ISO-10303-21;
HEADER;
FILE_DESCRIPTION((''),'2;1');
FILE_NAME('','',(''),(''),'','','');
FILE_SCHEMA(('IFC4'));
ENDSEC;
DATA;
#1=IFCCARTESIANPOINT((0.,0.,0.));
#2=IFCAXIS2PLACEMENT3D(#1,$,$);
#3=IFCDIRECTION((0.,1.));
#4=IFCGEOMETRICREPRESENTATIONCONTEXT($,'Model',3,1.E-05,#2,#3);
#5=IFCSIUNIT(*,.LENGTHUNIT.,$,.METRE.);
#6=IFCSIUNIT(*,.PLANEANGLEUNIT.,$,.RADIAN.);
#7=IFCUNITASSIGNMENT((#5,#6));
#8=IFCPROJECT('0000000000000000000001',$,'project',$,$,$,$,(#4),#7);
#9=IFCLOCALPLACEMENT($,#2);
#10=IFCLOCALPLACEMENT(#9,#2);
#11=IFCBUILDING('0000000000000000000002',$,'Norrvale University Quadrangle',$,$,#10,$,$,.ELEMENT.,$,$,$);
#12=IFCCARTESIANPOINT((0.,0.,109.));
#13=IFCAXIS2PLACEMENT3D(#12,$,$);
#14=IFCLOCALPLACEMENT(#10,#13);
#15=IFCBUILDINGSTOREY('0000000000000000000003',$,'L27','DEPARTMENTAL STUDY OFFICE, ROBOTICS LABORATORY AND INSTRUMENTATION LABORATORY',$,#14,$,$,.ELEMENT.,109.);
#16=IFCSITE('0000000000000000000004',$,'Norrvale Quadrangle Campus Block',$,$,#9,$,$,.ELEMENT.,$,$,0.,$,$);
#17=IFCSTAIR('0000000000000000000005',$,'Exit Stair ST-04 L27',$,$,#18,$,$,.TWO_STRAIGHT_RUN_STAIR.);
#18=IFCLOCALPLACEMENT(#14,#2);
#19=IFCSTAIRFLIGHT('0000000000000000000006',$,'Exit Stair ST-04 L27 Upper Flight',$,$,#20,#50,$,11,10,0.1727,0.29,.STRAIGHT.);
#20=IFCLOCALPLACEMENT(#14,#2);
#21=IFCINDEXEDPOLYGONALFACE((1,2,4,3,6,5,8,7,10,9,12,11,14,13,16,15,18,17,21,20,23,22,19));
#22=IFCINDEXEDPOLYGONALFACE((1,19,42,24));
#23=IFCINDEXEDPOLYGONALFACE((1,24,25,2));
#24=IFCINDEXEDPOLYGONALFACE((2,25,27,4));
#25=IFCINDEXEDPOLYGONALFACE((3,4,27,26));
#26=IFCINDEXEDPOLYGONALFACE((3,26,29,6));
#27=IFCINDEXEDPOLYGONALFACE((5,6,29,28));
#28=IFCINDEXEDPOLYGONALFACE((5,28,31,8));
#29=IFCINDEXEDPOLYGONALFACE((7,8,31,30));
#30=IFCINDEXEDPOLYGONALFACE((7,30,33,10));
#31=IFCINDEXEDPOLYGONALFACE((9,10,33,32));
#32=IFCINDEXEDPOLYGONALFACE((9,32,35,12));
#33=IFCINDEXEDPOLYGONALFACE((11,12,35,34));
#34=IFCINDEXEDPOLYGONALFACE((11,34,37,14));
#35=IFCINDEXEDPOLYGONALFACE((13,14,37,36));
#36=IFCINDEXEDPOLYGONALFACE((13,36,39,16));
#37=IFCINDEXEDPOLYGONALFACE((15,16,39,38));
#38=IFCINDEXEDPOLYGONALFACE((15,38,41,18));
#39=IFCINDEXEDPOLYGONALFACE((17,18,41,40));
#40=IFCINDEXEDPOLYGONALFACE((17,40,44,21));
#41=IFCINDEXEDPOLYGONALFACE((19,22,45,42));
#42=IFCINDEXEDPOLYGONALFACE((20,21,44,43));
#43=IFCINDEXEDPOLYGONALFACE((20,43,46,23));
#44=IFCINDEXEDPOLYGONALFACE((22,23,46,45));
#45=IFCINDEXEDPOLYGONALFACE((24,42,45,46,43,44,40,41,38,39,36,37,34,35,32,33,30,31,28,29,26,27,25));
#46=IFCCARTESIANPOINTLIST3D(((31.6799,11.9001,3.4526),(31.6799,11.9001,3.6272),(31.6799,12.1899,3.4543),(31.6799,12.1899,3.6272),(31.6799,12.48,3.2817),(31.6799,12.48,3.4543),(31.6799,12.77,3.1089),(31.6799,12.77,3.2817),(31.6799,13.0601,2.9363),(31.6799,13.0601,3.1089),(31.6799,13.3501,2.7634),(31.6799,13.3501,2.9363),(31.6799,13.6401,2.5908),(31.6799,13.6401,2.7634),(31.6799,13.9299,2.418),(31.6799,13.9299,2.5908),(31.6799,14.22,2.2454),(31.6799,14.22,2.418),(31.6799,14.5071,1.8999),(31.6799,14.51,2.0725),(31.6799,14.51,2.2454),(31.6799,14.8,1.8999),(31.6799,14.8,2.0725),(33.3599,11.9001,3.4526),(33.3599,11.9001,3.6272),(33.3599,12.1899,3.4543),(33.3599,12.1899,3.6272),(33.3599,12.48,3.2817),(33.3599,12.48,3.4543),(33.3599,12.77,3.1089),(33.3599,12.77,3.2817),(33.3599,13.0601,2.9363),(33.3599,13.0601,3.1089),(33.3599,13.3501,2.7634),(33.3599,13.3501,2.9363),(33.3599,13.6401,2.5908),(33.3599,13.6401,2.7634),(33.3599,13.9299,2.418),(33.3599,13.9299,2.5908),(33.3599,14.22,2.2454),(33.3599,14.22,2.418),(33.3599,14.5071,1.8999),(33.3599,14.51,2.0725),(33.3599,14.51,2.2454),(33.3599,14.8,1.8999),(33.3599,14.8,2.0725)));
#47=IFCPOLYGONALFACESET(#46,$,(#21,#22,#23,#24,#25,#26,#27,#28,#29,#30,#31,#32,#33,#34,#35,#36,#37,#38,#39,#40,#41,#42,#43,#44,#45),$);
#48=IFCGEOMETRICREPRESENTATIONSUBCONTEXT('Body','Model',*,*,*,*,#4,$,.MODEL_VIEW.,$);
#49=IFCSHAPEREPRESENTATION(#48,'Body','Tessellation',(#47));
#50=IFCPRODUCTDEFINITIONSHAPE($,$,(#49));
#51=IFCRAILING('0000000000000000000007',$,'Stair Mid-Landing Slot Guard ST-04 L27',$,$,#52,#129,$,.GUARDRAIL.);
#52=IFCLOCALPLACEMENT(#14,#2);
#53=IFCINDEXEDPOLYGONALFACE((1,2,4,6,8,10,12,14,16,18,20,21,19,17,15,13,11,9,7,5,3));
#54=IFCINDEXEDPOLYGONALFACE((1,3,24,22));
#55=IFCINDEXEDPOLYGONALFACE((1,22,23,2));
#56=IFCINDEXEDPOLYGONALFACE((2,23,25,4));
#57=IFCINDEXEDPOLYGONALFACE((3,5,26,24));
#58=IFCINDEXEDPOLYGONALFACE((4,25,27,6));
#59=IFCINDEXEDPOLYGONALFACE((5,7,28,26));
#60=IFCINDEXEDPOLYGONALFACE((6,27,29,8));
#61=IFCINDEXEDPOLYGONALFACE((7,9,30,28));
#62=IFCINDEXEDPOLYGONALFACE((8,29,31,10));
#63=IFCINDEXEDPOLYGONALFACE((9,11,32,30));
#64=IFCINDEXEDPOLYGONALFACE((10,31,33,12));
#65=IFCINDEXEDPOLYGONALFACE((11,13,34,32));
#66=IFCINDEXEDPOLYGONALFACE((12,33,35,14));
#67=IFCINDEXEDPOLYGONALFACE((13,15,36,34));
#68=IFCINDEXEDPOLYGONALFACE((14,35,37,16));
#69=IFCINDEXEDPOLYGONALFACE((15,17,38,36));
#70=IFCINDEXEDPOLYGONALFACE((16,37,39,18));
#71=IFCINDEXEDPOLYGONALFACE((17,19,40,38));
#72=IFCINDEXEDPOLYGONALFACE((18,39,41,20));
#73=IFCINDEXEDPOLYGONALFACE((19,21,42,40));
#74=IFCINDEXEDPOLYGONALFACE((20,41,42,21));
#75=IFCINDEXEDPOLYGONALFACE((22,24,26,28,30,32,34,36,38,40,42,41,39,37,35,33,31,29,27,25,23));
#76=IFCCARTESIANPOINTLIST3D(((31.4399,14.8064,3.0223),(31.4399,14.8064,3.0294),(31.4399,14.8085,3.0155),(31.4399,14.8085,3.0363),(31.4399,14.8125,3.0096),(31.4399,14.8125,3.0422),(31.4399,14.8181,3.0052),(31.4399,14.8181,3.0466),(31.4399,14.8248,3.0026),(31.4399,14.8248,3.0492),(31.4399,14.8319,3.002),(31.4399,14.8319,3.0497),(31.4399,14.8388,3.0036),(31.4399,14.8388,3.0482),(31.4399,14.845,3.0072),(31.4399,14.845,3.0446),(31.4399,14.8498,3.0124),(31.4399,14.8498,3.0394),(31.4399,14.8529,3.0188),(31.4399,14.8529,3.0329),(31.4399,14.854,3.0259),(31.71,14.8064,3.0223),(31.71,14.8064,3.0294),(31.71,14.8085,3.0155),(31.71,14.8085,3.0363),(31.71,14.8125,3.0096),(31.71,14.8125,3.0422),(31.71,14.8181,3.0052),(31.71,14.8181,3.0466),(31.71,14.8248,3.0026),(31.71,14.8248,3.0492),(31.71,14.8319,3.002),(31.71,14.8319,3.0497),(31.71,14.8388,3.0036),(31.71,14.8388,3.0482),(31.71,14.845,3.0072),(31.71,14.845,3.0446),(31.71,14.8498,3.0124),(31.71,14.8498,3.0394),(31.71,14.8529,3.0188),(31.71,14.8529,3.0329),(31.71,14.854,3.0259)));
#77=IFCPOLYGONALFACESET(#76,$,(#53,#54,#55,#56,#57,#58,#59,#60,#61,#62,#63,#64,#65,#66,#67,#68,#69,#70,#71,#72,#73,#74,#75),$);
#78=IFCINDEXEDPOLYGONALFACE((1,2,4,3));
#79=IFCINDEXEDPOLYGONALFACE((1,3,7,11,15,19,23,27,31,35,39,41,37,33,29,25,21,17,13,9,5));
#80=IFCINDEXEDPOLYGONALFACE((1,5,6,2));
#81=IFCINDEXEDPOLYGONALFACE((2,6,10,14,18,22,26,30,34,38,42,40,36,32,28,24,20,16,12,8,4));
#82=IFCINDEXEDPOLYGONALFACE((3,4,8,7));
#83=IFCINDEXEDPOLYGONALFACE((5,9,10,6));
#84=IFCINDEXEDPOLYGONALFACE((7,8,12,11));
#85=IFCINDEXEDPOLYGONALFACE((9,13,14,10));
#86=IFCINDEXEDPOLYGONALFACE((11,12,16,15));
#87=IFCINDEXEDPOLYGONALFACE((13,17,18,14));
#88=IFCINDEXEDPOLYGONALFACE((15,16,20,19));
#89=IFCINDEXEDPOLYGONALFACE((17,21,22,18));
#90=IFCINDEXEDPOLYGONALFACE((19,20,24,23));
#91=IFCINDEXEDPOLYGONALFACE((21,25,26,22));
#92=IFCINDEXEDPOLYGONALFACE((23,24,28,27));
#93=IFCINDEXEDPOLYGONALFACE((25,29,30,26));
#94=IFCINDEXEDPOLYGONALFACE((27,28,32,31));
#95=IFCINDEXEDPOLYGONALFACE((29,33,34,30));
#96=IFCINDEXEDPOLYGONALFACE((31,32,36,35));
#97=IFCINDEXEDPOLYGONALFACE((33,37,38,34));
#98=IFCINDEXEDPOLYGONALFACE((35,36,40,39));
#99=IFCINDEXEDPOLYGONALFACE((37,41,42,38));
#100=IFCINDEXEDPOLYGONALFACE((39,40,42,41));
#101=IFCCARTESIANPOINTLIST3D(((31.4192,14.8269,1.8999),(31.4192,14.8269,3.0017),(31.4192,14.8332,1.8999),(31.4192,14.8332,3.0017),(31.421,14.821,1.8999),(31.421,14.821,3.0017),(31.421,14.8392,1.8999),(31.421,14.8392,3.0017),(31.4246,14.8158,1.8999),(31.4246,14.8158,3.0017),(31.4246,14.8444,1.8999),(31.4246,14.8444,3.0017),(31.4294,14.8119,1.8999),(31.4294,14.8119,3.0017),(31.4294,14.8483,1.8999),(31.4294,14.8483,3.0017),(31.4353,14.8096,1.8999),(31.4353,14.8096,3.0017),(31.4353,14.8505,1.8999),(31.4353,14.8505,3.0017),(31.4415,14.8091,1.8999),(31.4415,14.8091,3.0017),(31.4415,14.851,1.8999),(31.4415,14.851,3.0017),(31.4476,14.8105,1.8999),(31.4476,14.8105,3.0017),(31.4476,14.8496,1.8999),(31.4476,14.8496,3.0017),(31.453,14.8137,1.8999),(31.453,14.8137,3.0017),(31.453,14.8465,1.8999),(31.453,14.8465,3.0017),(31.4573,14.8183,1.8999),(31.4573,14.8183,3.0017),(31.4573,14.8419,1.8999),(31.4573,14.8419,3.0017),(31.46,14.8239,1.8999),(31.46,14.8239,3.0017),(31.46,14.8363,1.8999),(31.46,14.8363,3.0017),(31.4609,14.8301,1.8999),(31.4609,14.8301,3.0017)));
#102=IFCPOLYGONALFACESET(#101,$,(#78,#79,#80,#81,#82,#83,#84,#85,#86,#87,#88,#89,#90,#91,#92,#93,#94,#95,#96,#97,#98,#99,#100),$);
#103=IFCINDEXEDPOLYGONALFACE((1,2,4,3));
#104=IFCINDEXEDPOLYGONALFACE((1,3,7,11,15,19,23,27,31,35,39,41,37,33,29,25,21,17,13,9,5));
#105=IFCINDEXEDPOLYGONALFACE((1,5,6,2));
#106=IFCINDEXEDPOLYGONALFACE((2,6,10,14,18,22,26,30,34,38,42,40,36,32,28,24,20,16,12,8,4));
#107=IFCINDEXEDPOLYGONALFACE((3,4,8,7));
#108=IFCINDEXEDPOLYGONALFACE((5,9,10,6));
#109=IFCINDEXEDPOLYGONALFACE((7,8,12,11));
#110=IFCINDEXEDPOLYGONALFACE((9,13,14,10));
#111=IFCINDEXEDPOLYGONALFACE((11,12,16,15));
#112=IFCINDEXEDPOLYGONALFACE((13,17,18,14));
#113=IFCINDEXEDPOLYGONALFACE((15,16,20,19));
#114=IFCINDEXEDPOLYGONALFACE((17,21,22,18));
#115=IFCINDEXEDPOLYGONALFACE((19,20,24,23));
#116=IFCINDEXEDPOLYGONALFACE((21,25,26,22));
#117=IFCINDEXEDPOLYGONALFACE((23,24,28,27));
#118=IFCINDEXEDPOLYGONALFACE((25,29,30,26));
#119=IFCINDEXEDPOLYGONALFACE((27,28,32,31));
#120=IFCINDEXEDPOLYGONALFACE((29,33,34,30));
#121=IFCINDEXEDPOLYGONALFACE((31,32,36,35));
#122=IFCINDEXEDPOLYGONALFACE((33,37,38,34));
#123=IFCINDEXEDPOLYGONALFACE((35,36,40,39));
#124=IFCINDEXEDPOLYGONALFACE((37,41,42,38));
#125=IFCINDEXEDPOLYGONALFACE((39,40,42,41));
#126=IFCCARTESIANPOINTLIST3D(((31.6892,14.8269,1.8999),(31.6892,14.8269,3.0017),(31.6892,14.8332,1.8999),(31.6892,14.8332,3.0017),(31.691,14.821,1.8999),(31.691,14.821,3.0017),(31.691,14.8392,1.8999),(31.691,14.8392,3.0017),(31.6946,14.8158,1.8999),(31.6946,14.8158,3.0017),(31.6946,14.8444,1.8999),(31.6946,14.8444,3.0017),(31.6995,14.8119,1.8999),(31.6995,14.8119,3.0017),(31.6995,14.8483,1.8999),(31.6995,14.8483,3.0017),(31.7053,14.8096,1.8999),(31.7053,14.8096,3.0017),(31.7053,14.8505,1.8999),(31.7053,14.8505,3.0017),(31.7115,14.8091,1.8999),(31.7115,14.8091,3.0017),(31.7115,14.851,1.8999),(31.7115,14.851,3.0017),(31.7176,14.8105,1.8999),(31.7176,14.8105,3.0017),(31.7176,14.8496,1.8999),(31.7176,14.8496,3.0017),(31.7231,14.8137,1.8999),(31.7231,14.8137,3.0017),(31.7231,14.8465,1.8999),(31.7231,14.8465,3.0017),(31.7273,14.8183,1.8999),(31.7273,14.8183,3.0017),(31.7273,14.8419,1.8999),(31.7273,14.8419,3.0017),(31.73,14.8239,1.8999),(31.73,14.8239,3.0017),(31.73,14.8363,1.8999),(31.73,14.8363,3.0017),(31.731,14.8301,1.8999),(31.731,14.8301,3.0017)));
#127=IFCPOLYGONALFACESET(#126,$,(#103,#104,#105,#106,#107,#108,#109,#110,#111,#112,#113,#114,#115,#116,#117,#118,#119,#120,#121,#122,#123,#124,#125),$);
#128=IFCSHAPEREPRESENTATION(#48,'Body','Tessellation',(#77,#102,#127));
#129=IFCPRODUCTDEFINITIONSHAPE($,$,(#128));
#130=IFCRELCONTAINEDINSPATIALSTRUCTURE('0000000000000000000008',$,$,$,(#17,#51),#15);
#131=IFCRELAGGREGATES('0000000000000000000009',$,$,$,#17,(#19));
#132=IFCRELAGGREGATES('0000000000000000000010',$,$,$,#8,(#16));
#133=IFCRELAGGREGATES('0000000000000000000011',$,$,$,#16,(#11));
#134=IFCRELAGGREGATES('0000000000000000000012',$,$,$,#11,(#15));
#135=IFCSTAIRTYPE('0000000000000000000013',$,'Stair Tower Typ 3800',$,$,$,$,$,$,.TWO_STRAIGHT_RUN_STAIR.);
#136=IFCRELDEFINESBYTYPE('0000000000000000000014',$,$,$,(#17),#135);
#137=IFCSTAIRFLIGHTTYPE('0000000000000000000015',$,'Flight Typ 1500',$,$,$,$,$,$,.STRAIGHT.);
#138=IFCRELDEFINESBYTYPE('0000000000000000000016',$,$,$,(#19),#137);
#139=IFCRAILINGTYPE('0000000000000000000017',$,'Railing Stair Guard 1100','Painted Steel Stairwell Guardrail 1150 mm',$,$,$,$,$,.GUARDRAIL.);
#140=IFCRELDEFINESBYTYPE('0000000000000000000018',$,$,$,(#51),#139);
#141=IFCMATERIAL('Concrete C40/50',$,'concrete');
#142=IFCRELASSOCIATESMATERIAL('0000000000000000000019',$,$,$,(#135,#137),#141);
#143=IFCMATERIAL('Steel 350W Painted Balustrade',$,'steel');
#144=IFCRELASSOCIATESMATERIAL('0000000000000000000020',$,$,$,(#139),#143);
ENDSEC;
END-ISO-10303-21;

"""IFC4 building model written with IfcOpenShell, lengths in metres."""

from ifc_helpers import new_model, si_unit, direction, frame, origin, origin_2d, place, context, subcontext, project, spatial, polyline, circle, outline, extrude, material, type_object, element, aggregate, save


model = new_model("IFC4")

# Units and contexts
model_context = context("Model", 3, precision=1e-05, world=origin(), true_north=direction((0.0, 1.0)))
body_context = subcontext(model_context, "Body", "Model", "MODEL_VIEW")
ifc_project = project(units=[si_unit("LENGTHUNIT", "METRE"), si_unit("PLANEANGLEUNIT", "RADIAN")], contexts=[model_context])

# Site, building, storey
site_placement = place(None, origin())
site = spatial("IfcSite", under=ifc_project, at=site_placement, Name="Norrvale Quadrangle Campus Block", CompositionType="ELEMENT", RefElevation=0.0)
building_placement = place(site_placement, origin())
building = spatial("IfcBuilding", under=site, at=building_placement, Name="Norrvale University Quadrangle", CompositionType="ELEMENT")
storey_placement = place(building_placement, frame((0.0, 0.0, 109.0)))
storey = spatial("IfcBuildingStorey", under=building, at=storey_placement, Name="L27", Description="DEPARTMENTAL STUDY OFFICE, ROBOTICS LABORATORY AND INSTRUMENTATION LABORATORY", CompositionType="ELEMENT", Elevation=109.0)

# Stair, stair flight
ifc_material_1 = material(Name="Concrete C40/50", Category="concrete")
stair_type = type_object("IfcStairType", Name="Stair Tower Typ 3800", PredefinedType="TWO_STRAIGHT_RUN_STAIR", material=ifc_material_1)
stair_placement = place(storey_placement, origin())
stair = element("IfcStair", 1, at=stair_placement, inside=storey, type_object=stair_type, Name="Exit Stair ST-04 L27", PredefinedType="TWO_STRAIGHT_RUN_STAIR")
stair_flight_type = type_object("IfcStairFlightType", Name="Flight Typ 1500", PredefinedType="STRAIGHT", material=ifc_material_1)
stair_flight_placement = place(storey_placement, frame((32.52, 14.8, 1.8999), z_axis=(0.0, 0.0, 1.0), x_axis=(0.0, -1.0, 0.0)))
stair_flight = element("IfcStairFlight", 2, at=stair_flight_placement, type_object=stair_flight_type, Name="Exit Stair ST-04 L27 Upper Flight", NumberOfRisers=11, NumberOfTreads=10, PredefinedType="STRAIGHT", RiserHeight=0.1727, TreadLength=0.29, context=body_context, shape_type="SweptSolid", body=[
    extrude(outline(polyline([(0.0, 0.0), (0.0, 0.1726), (0.29, 0.1726), (0.29, 0.3455), (0.5801, 0.3455), (0.5801, 0.5181), (0.8701, 0.5181), (0.8701, 0.6909), (1.1599, 0.6909), (1.1599, 0.8635), (1.45, 0.8635), (1.45, 1.0364), (1.74, 1.0364), (1.74, 1.209), (2.03, 1.209), (2.03, 1.3818), (2.3201, 1.3818), (2.3201, 1.5544), (2.6101, 1.5544), (2.6101, 1.7273), (2.8999, 1.7273), (2.8999, 1.8999), (2.8999, 1.5527), (0.293, 0.0), (0.0, 0.0)])), frame((0.0, 0.8398, 0.0), z_axis=(0.0, -1.0, 0.0), x_axis=(1.0, 0.0, 0.0)), (0.0, 0.0, 1.0), 1.6799),
])
aggregate(stair, [stair_flight])

# Railing
ifc_material_2 = material(Name="Steel 350W Painted Balustrade", Category="steel")
railing_type_1 = type_object("IfcRailingType", Name="Railing Stair Guard 1100", Description="Painted Steel Stairwell Guardrail 1150 mm", PredefinedType="GUARDRAIL", material=ifc_material_2)
railing_1_placement = place(storey_placement, frame((31.4399, 14.8301, 1.8999)))
element("IfcRailing", 3, at=railing_1_placement, inside=storey, type_object=railing_type_1, Name="Stair Mid-Landing Slot Guard ST-04 L27", PredefinedType="GUARDRAIL", context=body_context, shape_type="SweptSolid", body=[
    extrude(circle(Radius=0.0239, at=origin_2d()), frame((0.0, 0.0, 1.126), z_axis=(1.0, 0.0, 0.0), x_axis=(0.0, 1.0, 0.0)), (0.0, 0.0, 1.0), 0.27),
    extrude(circle(Radius=0.021, at=origin_2d()), origin(), (0.0, 0.0, 1.0), 1.1018),
    extrude(circle(Radius=0.021, at=origin_2d()), frame((0.27, 0.0, 0.0)), (0.0, 0.0, 1.0), 1.1018),
])

save(model, "model.ifc")
